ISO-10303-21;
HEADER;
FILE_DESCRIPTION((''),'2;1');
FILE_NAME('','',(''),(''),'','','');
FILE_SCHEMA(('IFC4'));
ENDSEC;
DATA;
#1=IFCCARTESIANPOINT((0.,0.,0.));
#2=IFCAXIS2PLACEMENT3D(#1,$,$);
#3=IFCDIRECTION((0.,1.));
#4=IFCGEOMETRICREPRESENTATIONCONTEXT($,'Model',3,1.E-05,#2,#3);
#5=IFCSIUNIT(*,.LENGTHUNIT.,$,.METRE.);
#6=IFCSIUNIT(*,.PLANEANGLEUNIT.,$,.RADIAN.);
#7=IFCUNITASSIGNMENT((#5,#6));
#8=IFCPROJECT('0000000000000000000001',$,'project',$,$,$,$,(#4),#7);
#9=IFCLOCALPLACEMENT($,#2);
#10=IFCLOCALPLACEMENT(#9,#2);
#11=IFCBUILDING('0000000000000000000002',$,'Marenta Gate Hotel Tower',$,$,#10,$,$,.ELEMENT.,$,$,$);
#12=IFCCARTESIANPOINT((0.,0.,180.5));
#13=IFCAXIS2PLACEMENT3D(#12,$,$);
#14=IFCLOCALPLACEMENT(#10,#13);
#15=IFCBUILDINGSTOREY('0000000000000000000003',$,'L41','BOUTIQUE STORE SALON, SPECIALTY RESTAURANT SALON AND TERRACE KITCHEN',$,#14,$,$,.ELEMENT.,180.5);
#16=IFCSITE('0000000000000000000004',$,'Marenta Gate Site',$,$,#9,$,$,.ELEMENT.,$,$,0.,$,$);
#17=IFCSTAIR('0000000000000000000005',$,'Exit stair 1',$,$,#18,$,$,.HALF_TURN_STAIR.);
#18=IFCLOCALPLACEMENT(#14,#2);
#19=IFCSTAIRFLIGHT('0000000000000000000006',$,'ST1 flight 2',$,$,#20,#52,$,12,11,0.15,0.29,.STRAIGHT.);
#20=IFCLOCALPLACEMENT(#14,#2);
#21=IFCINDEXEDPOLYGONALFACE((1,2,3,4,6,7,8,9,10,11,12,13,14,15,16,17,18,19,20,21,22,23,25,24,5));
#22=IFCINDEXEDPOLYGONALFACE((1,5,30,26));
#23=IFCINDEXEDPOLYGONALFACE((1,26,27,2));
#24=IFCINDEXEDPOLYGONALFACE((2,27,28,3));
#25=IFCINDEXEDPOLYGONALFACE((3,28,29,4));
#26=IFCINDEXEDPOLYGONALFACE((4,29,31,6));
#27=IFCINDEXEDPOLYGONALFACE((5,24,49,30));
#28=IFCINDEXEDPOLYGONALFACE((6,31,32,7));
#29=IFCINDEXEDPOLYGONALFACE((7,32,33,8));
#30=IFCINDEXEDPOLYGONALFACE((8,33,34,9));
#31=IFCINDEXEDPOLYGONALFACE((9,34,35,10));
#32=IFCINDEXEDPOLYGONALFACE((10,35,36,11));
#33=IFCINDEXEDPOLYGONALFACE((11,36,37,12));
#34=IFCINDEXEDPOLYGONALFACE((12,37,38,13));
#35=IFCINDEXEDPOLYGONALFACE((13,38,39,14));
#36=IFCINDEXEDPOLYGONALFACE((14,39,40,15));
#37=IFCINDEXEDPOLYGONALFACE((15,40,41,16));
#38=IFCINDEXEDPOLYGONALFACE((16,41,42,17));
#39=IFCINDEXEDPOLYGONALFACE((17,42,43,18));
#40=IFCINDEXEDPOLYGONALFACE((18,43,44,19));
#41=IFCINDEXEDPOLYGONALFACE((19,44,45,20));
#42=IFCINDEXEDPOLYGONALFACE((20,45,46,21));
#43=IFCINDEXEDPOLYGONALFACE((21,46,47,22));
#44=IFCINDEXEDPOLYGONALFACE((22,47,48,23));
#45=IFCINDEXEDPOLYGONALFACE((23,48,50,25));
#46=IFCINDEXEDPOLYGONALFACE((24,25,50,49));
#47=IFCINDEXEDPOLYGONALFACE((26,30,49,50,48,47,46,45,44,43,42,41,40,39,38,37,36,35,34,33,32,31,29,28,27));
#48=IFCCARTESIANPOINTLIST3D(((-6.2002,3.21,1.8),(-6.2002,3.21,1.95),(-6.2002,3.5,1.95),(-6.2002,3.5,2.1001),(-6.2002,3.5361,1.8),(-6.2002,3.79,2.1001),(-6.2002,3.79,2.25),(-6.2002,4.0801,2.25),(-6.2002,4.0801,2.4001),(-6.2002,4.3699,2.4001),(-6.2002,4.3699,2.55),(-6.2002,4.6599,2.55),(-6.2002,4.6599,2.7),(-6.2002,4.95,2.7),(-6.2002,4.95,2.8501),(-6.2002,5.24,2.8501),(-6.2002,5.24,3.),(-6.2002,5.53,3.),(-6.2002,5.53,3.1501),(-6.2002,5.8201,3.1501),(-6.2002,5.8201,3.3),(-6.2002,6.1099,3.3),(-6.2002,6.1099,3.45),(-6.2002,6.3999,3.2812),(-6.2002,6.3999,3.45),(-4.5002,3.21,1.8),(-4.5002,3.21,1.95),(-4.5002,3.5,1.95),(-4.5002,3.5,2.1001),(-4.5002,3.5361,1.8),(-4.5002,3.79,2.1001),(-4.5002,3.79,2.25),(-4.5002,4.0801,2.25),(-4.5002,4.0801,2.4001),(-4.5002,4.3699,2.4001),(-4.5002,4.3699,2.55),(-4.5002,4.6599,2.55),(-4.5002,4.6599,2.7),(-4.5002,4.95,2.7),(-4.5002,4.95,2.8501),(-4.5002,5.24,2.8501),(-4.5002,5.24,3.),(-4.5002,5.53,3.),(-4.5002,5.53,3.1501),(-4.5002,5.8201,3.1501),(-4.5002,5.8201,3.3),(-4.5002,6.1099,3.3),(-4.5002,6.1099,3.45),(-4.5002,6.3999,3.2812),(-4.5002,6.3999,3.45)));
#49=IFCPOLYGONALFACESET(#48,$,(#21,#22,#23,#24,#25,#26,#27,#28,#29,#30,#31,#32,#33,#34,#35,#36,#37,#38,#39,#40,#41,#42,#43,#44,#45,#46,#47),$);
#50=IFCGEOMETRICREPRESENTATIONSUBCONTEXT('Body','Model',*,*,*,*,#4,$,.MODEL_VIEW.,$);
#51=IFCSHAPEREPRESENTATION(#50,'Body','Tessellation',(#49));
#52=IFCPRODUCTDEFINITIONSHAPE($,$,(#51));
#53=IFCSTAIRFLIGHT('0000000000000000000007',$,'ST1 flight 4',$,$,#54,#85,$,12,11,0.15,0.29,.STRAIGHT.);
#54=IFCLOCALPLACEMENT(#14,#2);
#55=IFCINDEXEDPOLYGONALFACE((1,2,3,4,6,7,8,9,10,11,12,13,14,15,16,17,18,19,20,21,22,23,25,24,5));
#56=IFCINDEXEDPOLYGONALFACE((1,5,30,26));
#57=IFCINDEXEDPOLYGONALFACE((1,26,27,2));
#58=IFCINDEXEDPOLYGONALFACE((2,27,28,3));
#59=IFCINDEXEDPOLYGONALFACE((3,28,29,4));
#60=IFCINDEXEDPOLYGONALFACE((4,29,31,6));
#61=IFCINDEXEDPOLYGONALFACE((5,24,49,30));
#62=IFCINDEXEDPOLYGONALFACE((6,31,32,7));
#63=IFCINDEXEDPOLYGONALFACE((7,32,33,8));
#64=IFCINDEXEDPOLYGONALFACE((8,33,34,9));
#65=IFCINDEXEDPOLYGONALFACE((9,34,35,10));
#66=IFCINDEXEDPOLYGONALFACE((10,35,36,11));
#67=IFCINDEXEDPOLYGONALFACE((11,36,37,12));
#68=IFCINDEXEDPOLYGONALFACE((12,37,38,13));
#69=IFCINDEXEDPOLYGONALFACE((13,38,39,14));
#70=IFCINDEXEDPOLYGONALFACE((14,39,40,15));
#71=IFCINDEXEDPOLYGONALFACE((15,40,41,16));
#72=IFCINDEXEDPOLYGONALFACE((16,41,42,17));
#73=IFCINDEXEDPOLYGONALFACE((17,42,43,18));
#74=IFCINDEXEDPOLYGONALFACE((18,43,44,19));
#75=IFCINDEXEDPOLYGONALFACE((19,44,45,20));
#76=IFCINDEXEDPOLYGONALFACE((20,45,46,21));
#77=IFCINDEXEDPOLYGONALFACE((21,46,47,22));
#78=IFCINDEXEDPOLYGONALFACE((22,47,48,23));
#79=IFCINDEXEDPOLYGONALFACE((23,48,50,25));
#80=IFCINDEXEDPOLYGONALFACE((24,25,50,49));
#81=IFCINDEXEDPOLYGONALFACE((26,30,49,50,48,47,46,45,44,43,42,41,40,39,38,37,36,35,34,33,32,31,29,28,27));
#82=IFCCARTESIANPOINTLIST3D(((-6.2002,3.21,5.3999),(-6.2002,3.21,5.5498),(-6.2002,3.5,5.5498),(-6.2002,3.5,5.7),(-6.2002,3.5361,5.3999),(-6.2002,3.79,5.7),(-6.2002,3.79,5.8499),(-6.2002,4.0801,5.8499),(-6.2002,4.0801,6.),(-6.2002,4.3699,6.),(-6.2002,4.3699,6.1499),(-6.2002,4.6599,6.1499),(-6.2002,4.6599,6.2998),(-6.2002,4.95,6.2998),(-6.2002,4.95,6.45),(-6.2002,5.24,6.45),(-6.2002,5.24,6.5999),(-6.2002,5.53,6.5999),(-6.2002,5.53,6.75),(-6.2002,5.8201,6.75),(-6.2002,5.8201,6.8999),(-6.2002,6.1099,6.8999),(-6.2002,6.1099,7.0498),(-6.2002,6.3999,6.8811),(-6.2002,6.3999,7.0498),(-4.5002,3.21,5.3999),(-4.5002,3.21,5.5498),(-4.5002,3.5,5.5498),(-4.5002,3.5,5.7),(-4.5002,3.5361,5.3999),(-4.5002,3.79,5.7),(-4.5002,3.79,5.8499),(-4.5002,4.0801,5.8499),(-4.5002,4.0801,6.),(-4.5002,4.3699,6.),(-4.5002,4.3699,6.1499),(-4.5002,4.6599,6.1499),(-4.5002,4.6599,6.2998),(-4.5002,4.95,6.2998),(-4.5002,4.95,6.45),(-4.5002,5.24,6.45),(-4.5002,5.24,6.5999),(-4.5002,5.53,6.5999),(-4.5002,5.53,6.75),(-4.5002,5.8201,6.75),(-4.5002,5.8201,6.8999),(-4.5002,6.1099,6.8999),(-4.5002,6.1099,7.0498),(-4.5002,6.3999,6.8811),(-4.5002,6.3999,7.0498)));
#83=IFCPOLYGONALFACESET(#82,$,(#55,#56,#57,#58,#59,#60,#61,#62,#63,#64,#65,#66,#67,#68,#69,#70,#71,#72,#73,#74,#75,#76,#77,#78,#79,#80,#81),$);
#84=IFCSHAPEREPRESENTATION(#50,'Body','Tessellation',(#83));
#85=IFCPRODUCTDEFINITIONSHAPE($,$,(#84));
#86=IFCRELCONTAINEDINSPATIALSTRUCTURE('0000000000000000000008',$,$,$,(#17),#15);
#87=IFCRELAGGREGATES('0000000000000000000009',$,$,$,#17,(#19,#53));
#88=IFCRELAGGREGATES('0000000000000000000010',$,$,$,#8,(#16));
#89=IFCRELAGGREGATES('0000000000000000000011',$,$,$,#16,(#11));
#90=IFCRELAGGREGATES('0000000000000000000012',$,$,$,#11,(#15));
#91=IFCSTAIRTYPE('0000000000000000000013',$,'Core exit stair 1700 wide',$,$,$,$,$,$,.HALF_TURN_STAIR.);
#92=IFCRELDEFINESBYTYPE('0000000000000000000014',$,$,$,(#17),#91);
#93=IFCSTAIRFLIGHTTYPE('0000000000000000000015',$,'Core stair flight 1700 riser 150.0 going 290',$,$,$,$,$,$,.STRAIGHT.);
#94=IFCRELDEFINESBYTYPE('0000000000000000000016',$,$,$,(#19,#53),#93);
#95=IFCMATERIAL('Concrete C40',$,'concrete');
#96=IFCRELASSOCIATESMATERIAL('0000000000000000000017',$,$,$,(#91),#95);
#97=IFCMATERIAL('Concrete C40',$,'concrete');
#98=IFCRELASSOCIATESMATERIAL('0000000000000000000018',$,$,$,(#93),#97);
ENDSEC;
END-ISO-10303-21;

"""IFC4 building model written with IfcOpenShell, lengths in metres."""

from ifc_helpers import new_model, si_unit, direction, frame, origin, place, context, subcontext, project, spatial, polyline, outline, extrude, material, type_object, element, aggregate, save


model = new_model("IFC4")

# Units and contexts
model_context = context("Model", 3, precision=1e-05, world=origin(), true_north=direction((0.0, 1.0)))
body_context = subcontext(model_context, "Body", "Model", "MODEL_VIEW")
ifc_project = project(units=[si_unit("LENGTHUNIT", "METRE"), si_unit("PLANEANGLEUNIT", "RADIAN")], contexts=[model_context])

# Site, building, storey
site_placement = place(None, origin())
site = spatial("IfcSite", under=ifc_project, at=site_placement, Name="Marenta Gate Site", CompositionType="ELEMENT", RefElevation=0.0)
building_placement = place(site_placement, origin())
building = spatial("IfcBuilding", under=site, at=building_placement, Name="Marenta Gate Hotel Tower", CompositionType="ELEMENT")
storey_placement = place(building_placement, frame((0.0, 0.0, 180.5)))
storey = spatial("IfcBuildingStorey", under=building, at=storey_placement, Name="L41", Description="BOUTIQUE STORE SALON, SPECIALTY RESTAURANT SALON AND TERRACE KITCHEN", CompositionType="ELEMENT", Elevation=180.5)

# Stair, stair flights
ifc_material_1 = material(Name="Concrete C40", Category="concrete")
stair_type = type_object("IfcStairType", Name="Core exit stair 1700 wide", PredefinedType="HALF_TURN_STAIR", material=ifc_material_1)
stair_placement = place(storey_placement, origin())
stair = element("IfcStair", 1, at=stair_placement, inside=storey, type_object=stair_type, Name="Exit stair 1", PredefinedType="HALF_TURN_STAIR")
ifc_material_2 = material(Name="Concrete C40", Category="concrete")
stair_flight_type = type_object("IfcStairFlightType", Name="Core stair flight 1700 riser 150.0 going 290", PredefinedType="STRAIGHT", material=ifc_material_2)
stair_flight_1_placement = place(storey_placement, frame((-5.3501, 3.21, 1.8), z_axis=(0.0, 0.0, 1.0), x_axis=(0.0, 1.0, 0.0)))
stair_flight_1 = element("IfcStairFlight", 2, at=stair_flight_1_placement, type_object=stair_flight_type, Name="ST1 flight 2", NumberOfRisers=12, NumberOfTreads=11, PredefinedType="STRAIGHT", RiserHeight=0.15, TreadLength=0.29, context=body_context, shape_type="SweptSolid", body=[
    extrude(outline(polyline([(0.0, 0.0), (0.0, 0.1499), (0.29, 0.1499), (0.29, 0.3), (0.5801, 0.3), (0.5801, 0.45), (0.8701, 0.45), (0.8701, 0.6001), (1.1599, 0.6001), (1.1599, 0.75), (1.45, 0.75), (1.45, 0.8999), (1.74, 0.8999), (1.74, 1.05), (2.03, 1.05), (2.03, 1.2), (2.3201, 1.2), (2.3201, 1.3501), (2.6101, 1.3501), (2.6101, 1.5), (2.8999, 1.5), (2.8999, 1.6499), (3.1899, 1.6499), (3.1899, 1.8), (3.1899, 1.4812), (0.3262, 0.0), (0.0, 0.0)])), frame((0.0, 0.8501, 0.0), z_axis=(0.0, -1.0, 0.0), x_axis=(1.0, 0.0, 0.0)), (0.0, 0.0, 1.0), 1.7),
])
stair_flight_2_placement = place(storey_placement, frame((-5.3501, 3.21, 5.3999), z_axis=(0.0, 0.0, 1.0), x_axis=(0.0, 1.0, 0.0)))
stair_flight_2 = element("IfcStairFlight", 3, at=stair_flight_2_placement, type_object=stair_flight_type, Name="ST1 flight 4", NumberOfRisers=12, NumberOfTreads=11, PredefinedType="STRAIGHT", RiserHeight=0.15, TreadLength=0.29, context=body_context, shape_type="SweptSolid", body=[
    extrude(outline(polyline([(0.0, 0.0), (0.0, 0.1499), (0.29, 0.1499), (0.29, 0.3), (0.5801, 0.3), (0.5801, 0.45), (0.8701, 0.45), (0.8701, 0.6001), (1.1599, 0.6001), (1.1599, 0.75), (1.45, 0.75), (1.45, 0.8999), (1.74, 0.8999), (1.74, 1.05), (2.03, 1.05), (2.03, 1.2), (2.3201, 1.2), (2.3201, 1.3501), (2.6101, 1.3501), (2.6101, 1.5), (2.8999, 1.5), (2.8999, 1.6499), (3.1899, 1.6499), (3.1899, 1.8), (3.1899, 1.4812), (0.3262, 0.0), (0.0, 0.0)])), frame((0.0, 0.8501, 0.0), z_axis=(0.0, -1.0, 0.0), x_axis=(1.0, 0.0, 0.0)), (0.0, 0.0, 1.0), 1.7),
])
aggregate(stair, [stair_flight_1, stair_flight_2])

save(model, "model.ifc")
